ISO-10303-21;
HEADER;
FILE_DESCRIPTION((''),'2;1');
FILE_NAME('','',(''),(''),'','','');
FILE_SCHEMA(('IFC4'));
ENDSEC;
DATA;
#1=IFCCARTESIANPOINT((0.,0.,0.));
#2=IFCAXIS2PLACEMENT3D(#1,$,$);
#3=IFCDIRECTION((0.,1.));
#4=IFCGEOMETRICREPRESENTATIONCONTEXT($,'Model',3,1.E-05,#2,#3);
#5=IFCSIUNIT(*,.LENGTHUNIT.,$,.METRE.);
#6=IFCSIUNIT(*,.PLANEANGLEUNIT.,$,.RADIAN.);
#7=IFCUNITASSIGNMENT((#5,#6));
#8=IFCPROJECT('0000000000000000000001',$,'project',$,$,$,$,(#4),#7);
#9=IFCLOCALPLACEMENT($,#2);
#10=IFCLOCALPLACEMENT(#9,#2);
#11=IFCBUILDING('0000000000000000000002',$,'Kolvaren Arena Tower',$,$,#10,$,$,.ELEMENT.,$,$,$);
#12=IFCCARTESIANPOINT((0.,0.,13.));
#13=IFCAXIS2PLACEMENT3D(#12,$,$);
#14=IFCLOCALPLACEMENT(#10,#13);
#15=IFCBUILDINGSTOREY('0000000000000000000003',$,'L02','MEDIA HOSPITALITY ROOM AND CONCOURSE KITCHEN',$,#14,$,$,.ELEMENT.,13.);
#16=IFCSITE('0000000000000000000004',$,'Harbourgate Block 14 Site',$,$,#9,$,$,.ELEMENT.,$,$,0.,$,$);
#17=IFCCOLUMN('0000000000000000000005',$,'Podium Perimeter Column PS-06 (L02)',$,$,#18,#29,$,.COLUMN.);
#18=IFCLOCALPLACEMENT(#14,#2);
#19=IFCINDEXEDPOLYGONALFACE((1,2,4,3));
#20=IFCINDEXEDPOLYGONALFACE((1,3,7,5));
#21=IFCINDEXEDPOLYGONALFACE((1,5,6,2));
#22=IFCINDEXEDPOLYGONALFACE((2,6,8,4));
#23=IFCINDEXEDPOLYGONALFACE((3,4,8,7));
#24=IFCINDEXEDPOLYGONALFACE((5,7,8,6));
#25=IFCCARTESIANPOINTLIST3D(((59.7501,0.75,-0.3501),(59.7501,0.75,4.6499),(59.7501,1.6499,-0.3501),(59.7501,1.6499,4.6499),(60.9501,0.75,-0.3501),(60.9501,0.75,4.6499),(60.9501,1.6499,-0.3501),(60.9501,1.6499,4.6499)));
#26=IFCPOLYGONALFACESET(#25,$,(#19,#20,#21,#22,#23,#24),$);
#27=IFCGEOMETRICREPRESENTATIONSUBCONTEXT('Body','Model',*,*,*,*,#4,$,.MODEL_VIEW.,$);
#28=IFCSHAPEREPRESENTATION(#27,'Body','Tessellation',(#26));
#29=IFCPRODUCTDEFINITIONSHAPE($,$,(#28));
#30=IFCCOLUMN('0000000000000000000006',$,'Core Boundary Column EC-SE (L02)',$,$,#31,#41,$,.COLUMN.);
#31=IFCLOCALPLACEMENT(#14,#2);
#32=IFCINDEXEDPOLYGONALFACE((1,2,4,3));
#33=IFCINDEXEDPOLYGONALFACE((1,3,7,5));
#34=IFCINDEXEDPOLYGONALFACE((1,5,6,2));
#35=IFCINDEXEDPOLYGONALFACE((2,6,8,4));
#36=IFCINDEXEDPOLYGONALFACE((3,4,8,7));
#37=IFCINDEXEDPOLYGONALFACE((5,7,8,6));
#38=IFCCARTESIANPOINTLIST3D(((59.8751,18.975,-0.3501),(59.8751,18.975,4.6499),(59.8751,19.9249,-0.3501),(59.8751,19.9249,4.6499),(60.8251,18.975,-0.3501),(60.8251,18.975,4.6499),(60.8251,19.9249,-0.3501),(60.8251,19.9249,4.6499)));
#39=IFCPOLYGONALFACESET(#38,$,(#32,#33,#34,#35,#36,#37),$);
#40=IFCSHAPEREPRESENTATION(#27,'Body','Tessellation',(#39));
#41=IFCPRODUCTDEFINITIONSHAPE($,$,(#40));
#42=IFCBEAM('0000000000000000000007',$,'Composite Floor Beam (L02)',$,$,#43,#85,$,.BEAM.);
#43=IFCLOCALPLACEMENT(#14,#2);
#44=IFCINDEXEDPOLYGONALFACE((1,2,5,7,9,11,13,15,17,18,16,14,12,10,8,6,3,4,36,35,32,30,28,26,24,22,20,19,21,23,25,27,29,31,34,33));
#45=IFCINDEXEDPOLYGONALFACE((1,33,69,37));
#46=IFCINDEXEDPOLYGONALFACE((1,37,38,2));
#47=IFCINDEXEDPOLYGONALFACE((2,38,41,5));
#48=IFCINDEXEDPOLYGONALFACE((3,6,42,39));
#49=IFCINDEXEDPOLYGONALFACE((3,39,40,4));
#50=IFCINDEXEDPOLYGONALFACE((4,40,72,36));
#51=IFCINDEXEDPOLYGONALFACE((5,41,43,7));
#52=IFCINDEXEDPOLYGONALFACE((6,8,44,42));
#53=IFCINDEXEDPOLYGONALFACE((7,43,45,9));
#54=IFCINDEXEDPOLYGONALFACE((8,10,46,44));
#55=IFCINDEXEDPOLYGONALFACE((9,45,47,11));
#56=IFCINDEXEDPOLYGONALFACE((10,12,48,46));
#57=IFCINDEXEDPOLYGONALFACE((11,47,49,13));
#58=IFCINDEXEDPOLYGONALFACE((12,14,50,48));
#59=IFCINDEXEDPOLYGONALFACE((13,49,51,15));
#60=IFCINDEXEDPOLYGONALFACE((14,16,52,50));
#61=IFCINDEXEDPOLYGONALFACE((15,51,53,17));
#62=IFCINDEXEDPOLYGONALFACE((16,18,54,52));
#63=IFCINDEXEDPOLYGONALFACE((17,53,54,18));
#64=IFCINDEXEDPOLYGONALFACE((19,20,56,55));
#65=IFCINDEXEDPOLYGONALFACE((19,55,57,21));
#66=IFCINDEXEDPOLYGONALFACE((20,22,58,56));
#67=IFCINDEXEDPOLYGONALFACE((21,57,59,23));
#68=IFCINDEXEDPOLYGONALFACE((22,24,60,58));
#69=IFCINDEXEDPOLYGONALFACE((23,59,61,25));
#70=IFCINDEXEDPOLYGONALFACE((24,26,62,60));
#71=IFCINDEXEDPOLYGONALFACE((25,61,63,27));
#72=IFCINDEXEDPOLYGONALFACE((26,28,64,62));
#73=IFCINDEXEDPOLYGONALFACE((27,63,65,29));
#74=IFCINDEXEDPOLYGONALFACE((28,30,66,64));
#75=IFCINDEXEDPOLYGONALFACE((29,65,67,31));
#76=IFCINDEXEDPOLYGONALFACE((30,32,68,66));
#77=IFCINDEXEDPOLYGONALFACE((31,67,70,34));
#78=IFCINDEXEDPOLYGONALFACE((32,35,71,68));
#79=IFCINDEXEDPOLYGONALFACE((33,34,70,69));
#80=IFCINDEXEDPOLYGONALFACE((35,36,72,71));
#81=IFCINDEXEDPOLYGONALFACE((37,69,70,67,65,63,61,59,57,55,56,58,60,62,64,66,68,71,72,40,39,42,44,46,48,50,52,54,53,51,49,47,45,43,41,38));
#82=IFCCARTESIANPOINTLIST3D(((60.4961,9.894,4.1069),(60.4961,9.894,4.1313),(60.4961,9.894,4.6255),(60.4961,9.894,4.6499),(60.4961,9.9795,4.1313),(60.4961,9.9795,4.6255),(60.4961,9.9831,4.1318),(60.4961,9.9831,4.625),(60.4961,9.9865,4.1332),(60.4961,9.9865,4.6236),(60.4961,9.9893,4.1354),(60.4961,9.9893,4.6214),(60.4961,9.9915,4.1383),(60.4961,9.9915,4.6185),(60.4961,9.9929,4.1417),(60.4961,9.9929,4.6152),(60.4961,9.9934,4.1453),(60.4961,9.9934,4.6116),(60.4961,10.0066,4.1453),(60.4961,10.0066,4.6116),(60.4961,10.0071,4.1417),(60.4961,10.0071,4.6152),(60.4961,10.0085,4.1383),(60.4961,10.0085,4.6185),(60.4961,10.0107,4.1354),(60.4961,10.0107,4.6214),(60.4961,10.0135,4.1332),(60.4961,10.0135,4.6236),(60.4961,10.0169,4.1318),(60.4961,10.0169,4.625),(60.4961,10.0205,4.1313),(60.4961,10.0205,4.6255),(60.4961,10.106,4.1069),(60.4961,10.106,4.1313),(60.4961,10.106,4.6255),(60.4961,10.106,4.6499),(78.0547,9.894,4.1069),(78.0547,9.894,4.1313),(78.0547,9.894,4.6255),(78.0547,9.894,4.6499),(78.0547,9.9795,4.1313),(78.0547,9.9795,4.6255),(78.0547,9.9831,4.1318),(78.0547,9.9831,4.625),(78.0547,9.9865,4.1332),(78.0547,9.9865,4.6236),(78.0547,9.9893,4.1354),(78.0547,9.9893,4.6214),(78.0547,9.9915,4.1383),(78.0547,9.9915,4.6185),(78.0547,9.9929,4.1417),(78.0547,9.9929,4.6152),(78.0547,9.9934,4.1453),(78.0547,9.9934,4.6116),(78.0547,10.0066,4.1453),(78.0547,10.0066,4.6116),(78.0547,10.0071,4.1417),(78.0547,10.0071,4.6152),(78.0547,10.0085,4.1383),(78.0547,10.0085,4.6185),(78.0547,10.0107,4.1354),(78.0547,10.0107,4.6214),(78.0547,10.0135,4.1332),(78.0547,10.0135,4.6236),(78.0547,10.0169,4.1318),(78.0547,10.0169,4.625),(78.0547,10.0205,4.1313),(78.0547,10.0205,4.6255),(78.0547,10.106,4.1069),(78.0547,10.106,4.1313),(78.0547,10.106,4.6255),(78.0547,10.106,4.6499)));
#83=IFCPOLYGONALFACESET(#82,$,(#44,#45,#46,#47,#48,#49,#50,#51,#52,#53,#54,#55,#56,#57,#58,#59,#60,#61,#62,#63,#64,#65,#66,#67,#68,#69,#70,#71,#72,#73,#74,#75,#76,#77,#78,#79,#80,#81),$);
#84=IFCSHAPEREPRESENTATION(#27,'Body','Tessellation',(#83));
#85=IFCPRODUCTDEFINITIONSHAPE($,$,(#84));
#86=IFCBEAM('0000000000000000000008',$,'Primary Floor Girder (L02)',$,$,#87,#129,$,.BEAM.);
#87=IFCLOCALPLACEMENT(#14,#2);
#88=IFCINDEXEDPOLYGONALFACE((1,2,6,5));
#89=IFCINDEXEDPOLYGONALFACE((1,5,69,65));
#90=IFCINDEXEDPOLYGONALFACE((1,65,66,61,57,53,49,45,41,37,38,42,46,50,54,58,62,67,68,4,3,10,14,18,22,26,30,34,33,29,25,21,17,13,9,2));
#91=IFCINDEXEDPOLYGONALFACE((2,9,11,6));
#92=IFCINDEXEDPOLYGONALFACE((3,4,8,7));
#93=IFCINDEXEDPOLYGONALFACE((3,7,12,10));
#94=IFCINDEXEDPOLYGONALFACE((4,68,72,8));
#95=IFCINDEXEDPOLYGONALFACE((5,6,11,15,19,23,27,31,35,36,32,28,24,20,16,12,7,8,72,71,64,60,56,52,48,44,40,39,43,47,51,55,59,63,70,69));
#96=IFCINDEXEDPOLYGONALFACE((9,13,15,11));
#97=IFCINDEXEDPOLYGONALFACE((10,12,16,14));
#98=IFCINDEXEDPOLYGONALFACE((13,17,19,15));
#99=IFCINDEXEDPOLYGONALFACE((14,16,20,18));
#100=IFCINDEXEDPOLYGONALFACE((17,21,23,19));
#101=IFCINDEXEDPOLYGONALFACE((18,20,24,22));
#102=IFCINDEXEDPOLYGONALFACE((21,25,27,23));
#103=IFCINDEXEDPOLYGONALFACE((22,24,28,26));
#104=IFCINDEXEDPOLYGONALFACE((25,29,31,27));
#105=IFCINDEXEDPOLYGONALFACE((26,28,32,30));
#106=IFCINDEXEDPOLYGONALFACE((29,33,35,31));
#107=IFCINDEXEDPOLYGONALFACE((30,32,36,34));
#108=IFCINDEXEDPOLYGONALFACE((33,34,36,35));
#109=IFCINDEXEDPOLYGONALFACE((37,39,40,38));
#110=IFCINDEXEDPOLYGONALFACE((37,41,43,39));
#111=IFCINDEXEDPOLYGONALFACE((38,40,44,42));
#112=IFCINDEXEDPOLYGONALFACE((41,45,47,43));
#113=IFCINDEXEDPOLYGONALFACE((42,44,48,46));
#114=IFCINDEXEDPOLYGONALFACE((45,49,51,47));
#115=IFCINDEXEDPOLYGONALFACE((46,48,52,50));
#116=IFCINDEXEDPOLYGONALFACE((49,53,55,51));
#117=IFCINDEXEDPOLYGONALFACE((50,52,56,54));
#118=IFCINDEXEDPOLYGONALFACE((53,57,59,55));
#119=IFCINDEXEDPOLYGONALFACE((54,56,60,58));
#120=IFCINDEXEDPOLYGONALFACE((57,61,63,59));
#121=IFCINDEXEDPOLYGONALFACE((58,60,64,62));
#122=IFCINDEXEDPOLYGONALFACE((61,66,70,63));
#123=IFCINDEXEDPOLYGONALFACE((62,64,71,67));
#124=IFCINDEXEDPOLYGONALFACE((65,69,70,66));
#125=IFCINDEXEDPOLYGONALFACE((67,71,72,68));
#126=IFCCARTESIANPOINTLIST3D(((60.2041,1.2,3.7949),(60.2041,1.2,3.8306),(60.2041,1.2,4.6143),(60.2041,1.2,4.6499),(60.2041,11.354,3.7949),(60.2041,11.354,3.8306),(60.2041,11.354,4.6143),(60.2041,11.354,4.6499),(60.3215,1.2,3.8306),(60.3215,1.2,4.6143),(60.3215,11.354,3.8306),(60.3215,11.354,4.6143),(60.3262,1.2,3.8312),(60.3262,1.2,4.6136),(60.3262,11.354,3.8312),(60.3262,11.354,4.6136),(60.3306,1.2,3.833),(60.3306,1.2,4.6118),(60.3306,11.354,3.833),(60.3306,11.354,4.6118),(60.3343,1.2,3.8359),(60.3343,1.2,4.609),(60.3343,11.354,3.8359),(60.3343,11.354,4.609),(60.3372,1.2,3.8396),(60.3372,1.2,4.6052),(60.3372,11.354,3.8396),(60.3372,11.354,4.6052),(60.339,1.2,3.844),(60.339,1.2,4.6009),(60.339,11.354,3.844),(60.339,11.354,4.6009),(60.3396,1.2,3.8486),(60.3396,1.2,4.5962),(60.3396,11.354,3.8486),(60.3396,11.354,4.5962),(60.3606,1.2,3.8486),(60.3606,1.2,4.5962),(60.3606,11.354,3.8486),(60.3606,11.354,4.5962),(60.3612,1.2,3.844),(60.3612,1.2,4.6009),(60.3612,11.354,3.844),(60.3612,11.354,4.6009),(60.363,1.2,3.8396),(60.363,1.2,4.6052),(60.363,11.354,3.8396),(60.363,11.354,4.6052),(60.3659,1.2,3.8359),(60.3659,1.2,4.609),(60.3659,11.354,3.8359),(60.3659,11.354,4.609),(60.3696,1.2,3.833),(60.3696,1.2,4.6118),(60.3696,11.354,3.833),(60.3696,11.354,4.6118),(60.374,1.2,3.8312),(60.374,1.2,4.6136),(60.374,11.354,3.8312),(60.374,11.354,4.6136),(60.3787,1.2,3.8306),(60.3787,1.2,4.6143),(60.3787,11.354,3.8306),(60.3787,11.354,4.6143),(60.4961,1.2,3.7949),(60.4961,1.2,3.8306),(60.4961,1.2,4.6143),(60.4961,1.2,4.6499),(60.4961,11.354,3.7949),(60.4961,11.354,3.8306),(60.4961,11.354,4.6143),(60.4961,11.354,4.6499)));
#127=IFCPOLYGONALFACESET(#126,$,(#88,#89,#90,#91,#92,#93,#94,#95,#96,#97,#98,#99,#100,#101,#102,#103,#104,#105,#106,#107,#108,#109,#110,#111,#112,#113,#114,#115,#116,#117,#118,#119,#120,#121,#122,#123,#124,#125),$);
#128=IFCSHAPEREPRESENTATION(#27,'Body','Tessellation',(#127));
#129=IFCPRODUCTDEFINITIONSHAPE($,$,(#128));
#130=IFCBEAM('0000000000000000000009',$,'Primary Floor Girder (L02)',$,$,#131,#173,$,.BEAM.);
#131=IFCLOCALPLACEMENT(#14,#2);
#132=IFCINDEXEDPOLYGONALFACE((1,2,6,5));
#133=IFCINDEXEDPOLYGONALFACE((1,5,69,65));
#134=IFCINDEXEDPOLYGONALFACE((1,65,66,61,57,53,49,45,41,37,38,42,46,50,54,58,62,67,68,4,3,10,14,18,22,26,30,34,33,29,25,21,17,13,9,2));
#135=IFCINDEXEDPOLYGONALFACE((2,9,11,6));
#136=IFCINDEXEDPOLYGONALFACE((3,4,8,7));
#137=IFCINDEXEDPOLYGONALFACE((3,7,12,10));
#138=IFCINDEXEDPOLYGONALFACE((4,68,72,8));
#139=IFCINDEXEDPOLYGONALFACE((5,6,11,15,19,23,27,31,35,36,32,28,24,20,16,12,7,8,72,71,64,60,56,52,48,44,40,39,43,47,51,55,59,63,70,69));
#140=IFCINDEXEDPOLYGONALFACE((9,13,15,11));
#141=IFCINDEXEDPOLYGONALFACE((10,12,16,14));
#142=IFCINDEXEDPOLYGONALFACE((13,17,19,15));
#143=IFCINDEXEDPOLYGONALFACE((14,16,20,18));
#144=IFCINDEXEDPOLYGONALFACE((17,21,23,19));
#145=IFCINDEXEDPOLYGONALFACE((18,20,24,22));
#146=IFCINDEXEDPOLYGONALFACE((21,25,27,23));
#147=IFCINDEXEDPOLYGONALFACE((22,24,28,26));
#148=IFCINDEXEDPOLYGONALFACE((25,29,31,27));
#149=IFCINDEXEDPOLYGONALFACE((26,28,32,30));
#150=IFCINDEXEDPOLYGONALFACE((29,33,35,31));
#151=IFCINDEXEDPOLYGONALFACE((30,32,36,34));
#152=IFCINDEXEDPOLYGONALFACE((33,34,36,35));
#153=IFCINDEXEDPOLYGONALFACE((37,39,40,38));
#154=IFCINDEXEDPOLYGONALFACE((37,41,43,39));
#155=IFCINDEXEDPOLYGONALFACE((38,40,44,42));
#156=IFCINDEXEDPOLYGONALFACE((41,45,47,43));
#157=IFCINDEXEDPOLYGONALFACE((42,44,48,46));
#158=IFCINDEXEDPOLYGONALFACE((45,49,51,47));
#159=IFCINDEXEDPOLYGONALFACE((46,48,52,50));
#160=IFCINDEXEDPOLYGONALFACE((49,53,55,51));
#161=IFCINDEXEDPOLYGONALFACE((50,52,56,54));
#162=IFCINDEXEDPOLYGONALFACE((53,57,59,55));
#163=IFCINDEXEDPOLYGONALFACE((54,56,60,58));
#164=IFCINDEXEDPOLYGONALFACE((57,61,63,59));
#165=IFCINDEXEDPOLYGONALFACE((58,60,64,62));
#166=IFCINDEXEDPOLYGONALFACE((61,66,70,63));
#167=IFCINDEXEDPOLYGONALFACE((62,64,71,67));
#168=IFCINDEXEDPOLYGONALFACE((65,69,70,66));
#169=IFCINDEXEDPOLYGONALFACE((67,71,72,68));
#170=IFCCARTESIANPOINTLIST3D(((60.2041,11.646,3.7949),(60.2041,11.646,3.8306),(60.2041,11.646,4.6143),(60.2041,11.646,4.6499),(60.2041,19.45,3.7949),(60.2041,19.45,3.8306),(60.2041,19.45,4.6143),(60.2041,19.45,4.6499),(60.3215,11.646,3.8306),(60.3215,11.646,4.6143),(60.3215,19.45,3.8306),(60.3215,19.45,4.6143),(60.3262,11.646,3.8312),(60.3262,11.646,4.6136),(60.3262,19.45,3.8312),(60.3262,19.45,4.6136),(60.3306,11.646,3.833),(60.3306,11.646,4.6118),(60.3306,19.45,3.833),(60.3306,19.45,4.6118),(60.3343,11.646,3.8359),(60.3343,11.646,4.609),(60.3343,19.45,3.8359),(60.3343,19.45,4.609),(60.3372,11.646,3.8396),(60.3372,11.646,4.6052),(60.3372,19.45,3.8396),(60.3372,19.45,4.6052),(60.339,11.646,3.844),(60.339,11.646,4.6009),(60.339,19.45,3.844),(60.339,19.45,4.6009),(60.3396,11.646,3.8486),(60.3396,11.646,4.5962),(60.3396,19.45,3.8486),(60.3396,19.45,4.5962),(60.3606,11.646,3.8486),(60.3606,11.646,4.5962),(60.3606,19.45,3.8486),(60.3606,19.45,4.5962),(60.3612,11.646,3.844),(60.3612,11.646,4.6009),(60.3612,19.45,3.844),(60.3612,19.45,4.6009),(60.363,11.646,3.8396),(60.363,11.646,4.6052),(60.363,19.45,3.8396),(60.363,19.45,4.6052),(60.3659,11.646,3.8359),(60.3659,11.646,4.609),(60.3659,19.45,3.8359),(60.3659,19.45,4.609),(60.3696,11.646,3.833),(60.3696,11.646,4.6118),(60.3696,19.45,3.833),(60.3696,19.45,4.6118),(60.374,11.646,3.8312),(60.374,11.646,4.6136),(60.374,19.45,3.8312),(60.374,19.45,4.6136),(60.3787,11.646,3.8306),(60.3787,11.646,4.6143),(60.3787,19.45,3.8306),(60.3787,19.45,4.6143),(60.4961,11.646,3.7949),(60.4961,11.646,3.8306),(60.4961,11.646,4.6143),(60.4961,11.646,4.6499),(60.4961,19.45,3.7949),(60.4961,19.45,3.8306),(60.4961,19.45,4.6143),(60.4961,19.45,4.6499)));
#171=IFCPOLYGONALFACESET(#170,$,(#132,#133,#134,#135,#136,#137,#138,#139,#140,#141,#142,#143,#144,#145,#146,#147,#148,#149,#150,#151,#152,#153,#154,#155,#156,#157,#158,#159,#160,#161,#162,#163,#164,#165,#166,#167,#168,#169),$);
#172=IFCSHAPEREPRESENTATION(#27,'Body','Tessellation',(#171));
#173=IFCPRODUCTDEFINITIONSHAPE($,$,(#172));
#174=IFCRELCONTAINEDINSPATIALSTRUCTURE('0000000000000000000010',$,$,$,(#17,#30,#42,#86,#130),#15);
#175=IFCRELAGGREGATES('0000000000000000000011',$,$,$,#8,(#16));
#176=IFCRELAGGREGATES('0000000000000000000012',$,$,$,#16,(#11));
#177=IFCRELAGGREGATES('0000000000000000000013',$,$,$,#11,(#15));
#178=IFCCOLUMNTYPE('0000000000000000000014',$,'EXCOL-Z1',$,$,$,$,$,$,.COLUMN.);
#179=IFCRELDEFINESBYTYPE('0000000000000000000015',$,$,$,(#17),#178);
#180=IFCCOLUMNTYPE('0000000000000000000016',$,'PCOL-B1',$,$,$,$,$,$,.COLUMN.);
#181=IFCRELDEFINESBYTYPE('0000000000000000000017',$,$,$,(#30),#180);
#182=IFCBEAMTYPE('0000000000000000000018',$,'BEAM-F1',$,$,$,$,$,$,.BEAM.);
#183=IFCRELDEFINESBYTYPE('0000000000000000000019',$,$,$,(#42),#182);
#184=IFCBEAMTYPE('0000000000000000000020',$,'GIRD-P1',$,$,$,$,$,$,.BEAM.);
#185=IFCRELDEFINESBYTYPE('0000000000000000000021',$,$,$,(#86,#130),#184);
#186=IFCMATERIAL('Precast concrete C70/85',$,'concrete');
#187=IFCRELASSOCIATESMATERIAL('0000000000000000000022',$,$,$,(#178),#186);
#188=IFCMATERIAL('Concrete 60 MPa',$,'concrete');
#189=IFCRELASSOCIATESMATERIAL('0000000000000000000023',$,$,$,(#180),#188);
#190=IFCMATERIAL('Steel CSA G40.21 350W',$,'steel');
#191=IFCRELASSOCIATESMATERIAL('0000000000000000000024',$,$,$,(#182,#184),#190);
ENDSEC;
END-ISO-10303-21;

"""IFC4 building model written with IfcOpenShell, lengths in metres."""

from ifc_helpers import new_model, si_unit, direction, frame, origin, origin_2d, place, context, subcontext, project, spatial, rectangle, i_section, extrude, material, material_profile, profile_set, type_object, element, save


model = new_model("IFC4")

# Units and contexts
model_context = context("Model", 3, precision=1e-05, world=origin(), true_north=direction((0.0, 1.0)))
body_context = subcontext(model_context, "Body", "Model", "MODEL_VIEW")
ifc_project = project(units=[si_unit("LENGTHUNIT", "METRE"), si_unit("PLANEANGLEUNIT", "RADIAN")], contexts=[model_context])

# Site, building, storey
site_placement = place(None, origin())
site = spatial("IfcSite", under=ifc_project, at=site_placement, Name="Harbourgate Block 14 Site", CompositionType="ELEMENT", RefElevation=0.0)
building_placement = place(site_placement, origin())
building = spatial("IfcBuilding", under=site, at=building_placement, Name="Kolvaren Arena Tower", CompositionType="ELEMENT")
storey_placement = place(building_placement, frame((0.0, 0.0, 13.0)))
storey = spatial("IfcBuildingStorey", under=building, at=storey_placement, Name="L02", Description="MEDIA HOSPITALITY ROOM AND CONCOURSE KITCHEN", CompositionType="ELEMENT", Elevation=13.0)

# Columns
ifc_material_1 = material(Name="Precast concrete C70/85", Category="concrete")
ifc_material_profile_1 = material_profile(ifc_material_1, rectangle(XDim=1.2, YDim=0.8999, at=origin_2d()), Name="RC-1200x900")
ifc_profile_set_1 = profile_set([ifc_material_profile_1], Name="Precast concrete C70/85")
column_type_1 = type_object("IfcColumnType", Name="EXCOL-Z1", PredefinedType="COLUMN", material=ifc_profile_set_1)
column_1_placement = place(storey_placement, frame((60.3501, 1.2, -0.3501), z_axis=(0.0, 0.0, 1.0), x_axis=(1.0, 0.0, 0.0)))
element("IfcColumn", 1, at=column_1_placement, inside=storey, type_object=column_type_1, Name="Podium Perimeter Column PS-06 (L02)", PredefinedType="COLUMN", context=body_context, shape_type="SweptSolid", body=[
    extrude(rectangle(XDim=1.2, YDim=0.8999, at=origin_2d()), origin(), (0.0, 0.0, 1.0), 5.0),
])
ifc_material_2 = material(Name="Concrete 60 MPa", Category="concrete")
ifc_material_profile_2 = material_profile(ifc_material_2, rectangle(XDim=0.95, YDim=0.95, at=origin_2d()), Name="RC-950x950")
ifc_profile_set_2 = profile_set([ifc_material_profile_2], Name="Concrete 60 MPa")
column_type_2 = type_object("IfcColumnType", Name="PCOL-B1", PredefinedType="COLUMN", material=ifc_profile_set_2)
column_2_placement = place(storey_placement, frame((60.3501, 19.45, -0.3501), z_axis=(0.0, 0.0, 1.0), x_axis=(1.0, 0.0, 0.0)))
element("IfcColumn", 2, at=column_2_placement, inside=storey, type_object=column_type_2, Name="Core Boundary Column EC-SE (L02)", PredefinedType="COLUMN", context=body_context, shape_type="SweptSolid", body=[
    extrude(rectangle(XDim=0.95, YDim=0.95, at=origin_2d()), origin(), (0.0, 0.0, 1.0), 5.0),
])

# Beams
ifc_material_3 = material(Name="Steel CSA G40.21 350W", Category="steel")
ifc_material_profile_3 = material_profile(ifc_material_3, i_section(OverallWidth=0.2119, OverallDepth=0.543, WebThickness=0.0132, FlangeThickness=0.0244, FilletRadius=0.0139, at=origin_2d()), Name="W530x150")
ifc_profile_set_3 = profile_set([ifc_material_profile_3], Name="Steel CSA G40.21 350W")
beam_type_1 = type_object("IfcBeamType", Name="BEAM-F1", PredefinedType="BEAM", material=ifc_profile_set_3)
beam_1_placement = place(storey_placement, frame((60.4961, 10.0, 4.3784), z_axis=(1.0, 0.0, 0.0), x_axis=(0.0, 1.0, 0.0)))
element("IfcBeam", 3, at=beam_1_placement, inside=storey, type_object=beam_type_1, Name="Composite Floor Beam (L02)", PredefinedType="BEAM", context=body_context, shape_type="SweptSolid", body=[
    extrude(i_section(OverallWidth=0.2119, OverallDepth=0.543, WebThickness=0.0132, FlangeThickness=0.0244, FilletRadius=0.0139, at=origin_2d()), origin(), (0.0, 0.0, 1.0), 17.5586),
])
ifc_material_profile_4 = material_profile(ifc_material_3, i_section(OverallWidth=0.292, OverallDepth=0.855, WebThickness=0.021, FlangeThickness=0.0356, FilletRadius=0.0181, at=origin_2d()), Name="W840x299")
ifc_profile_set_4 = profile_set([ifc_material_profile_4], Name="Steel CSA G40.21 350W")
beam_type_2 = type_object("IfcBeamType", Name="GIRD-P1", PredefinedType="BEAM", material=ifc_profile_set_4)
beam_2_placement = place(storey_placement, frame((60.3501, 1.2, 4.2224), z_axis=(0.0, 1.0, 0.0), x_axis=(-1.0, 0.0, 0.0)))
element("IfcBeam", 4, at=beam_2_placement, inside=storey, type_object=beam_type_2, Name="Primary Floor Girder (L02)", PredefinedType="BEAM", context=body_context, shape_type="SweptSolid", body=[
    extrude(i_section(OverallWidth=0.292, OverallDepth=0.855, WebThickness=0.021, FlangeThickness=0.0356, FilletRadius=0.0181, at=origin_2d()), origin(), (0.0, 0.0, 1.0), 10.1541),
])
beam_3_placement = place(storey_placement, frame((60.3501, 11.646, 4.2224), z_axis=(0.0, 1.0, 0.0), x_axis=(-1.0, 0.0, 0.0)))
element("IfcBeam", 5, at=beam_3_placement, inside=storey, type_object=beam_type_2, Name="Primary Floor Girder (L02)", PredefinedType="BEAM", context=body_context, shape_type="SweptSolid", body=[
    extrude(i_section(OverallWidth=0.292, OverallDepth=0.855, WebThickness=0.021, FlangeThickness=0.0356, FilletRadius=0.0181, at=origin_2d()), origin(), (0.0, 0.0, 1.0), 7.804),
])

save(model, "model.ifc")
